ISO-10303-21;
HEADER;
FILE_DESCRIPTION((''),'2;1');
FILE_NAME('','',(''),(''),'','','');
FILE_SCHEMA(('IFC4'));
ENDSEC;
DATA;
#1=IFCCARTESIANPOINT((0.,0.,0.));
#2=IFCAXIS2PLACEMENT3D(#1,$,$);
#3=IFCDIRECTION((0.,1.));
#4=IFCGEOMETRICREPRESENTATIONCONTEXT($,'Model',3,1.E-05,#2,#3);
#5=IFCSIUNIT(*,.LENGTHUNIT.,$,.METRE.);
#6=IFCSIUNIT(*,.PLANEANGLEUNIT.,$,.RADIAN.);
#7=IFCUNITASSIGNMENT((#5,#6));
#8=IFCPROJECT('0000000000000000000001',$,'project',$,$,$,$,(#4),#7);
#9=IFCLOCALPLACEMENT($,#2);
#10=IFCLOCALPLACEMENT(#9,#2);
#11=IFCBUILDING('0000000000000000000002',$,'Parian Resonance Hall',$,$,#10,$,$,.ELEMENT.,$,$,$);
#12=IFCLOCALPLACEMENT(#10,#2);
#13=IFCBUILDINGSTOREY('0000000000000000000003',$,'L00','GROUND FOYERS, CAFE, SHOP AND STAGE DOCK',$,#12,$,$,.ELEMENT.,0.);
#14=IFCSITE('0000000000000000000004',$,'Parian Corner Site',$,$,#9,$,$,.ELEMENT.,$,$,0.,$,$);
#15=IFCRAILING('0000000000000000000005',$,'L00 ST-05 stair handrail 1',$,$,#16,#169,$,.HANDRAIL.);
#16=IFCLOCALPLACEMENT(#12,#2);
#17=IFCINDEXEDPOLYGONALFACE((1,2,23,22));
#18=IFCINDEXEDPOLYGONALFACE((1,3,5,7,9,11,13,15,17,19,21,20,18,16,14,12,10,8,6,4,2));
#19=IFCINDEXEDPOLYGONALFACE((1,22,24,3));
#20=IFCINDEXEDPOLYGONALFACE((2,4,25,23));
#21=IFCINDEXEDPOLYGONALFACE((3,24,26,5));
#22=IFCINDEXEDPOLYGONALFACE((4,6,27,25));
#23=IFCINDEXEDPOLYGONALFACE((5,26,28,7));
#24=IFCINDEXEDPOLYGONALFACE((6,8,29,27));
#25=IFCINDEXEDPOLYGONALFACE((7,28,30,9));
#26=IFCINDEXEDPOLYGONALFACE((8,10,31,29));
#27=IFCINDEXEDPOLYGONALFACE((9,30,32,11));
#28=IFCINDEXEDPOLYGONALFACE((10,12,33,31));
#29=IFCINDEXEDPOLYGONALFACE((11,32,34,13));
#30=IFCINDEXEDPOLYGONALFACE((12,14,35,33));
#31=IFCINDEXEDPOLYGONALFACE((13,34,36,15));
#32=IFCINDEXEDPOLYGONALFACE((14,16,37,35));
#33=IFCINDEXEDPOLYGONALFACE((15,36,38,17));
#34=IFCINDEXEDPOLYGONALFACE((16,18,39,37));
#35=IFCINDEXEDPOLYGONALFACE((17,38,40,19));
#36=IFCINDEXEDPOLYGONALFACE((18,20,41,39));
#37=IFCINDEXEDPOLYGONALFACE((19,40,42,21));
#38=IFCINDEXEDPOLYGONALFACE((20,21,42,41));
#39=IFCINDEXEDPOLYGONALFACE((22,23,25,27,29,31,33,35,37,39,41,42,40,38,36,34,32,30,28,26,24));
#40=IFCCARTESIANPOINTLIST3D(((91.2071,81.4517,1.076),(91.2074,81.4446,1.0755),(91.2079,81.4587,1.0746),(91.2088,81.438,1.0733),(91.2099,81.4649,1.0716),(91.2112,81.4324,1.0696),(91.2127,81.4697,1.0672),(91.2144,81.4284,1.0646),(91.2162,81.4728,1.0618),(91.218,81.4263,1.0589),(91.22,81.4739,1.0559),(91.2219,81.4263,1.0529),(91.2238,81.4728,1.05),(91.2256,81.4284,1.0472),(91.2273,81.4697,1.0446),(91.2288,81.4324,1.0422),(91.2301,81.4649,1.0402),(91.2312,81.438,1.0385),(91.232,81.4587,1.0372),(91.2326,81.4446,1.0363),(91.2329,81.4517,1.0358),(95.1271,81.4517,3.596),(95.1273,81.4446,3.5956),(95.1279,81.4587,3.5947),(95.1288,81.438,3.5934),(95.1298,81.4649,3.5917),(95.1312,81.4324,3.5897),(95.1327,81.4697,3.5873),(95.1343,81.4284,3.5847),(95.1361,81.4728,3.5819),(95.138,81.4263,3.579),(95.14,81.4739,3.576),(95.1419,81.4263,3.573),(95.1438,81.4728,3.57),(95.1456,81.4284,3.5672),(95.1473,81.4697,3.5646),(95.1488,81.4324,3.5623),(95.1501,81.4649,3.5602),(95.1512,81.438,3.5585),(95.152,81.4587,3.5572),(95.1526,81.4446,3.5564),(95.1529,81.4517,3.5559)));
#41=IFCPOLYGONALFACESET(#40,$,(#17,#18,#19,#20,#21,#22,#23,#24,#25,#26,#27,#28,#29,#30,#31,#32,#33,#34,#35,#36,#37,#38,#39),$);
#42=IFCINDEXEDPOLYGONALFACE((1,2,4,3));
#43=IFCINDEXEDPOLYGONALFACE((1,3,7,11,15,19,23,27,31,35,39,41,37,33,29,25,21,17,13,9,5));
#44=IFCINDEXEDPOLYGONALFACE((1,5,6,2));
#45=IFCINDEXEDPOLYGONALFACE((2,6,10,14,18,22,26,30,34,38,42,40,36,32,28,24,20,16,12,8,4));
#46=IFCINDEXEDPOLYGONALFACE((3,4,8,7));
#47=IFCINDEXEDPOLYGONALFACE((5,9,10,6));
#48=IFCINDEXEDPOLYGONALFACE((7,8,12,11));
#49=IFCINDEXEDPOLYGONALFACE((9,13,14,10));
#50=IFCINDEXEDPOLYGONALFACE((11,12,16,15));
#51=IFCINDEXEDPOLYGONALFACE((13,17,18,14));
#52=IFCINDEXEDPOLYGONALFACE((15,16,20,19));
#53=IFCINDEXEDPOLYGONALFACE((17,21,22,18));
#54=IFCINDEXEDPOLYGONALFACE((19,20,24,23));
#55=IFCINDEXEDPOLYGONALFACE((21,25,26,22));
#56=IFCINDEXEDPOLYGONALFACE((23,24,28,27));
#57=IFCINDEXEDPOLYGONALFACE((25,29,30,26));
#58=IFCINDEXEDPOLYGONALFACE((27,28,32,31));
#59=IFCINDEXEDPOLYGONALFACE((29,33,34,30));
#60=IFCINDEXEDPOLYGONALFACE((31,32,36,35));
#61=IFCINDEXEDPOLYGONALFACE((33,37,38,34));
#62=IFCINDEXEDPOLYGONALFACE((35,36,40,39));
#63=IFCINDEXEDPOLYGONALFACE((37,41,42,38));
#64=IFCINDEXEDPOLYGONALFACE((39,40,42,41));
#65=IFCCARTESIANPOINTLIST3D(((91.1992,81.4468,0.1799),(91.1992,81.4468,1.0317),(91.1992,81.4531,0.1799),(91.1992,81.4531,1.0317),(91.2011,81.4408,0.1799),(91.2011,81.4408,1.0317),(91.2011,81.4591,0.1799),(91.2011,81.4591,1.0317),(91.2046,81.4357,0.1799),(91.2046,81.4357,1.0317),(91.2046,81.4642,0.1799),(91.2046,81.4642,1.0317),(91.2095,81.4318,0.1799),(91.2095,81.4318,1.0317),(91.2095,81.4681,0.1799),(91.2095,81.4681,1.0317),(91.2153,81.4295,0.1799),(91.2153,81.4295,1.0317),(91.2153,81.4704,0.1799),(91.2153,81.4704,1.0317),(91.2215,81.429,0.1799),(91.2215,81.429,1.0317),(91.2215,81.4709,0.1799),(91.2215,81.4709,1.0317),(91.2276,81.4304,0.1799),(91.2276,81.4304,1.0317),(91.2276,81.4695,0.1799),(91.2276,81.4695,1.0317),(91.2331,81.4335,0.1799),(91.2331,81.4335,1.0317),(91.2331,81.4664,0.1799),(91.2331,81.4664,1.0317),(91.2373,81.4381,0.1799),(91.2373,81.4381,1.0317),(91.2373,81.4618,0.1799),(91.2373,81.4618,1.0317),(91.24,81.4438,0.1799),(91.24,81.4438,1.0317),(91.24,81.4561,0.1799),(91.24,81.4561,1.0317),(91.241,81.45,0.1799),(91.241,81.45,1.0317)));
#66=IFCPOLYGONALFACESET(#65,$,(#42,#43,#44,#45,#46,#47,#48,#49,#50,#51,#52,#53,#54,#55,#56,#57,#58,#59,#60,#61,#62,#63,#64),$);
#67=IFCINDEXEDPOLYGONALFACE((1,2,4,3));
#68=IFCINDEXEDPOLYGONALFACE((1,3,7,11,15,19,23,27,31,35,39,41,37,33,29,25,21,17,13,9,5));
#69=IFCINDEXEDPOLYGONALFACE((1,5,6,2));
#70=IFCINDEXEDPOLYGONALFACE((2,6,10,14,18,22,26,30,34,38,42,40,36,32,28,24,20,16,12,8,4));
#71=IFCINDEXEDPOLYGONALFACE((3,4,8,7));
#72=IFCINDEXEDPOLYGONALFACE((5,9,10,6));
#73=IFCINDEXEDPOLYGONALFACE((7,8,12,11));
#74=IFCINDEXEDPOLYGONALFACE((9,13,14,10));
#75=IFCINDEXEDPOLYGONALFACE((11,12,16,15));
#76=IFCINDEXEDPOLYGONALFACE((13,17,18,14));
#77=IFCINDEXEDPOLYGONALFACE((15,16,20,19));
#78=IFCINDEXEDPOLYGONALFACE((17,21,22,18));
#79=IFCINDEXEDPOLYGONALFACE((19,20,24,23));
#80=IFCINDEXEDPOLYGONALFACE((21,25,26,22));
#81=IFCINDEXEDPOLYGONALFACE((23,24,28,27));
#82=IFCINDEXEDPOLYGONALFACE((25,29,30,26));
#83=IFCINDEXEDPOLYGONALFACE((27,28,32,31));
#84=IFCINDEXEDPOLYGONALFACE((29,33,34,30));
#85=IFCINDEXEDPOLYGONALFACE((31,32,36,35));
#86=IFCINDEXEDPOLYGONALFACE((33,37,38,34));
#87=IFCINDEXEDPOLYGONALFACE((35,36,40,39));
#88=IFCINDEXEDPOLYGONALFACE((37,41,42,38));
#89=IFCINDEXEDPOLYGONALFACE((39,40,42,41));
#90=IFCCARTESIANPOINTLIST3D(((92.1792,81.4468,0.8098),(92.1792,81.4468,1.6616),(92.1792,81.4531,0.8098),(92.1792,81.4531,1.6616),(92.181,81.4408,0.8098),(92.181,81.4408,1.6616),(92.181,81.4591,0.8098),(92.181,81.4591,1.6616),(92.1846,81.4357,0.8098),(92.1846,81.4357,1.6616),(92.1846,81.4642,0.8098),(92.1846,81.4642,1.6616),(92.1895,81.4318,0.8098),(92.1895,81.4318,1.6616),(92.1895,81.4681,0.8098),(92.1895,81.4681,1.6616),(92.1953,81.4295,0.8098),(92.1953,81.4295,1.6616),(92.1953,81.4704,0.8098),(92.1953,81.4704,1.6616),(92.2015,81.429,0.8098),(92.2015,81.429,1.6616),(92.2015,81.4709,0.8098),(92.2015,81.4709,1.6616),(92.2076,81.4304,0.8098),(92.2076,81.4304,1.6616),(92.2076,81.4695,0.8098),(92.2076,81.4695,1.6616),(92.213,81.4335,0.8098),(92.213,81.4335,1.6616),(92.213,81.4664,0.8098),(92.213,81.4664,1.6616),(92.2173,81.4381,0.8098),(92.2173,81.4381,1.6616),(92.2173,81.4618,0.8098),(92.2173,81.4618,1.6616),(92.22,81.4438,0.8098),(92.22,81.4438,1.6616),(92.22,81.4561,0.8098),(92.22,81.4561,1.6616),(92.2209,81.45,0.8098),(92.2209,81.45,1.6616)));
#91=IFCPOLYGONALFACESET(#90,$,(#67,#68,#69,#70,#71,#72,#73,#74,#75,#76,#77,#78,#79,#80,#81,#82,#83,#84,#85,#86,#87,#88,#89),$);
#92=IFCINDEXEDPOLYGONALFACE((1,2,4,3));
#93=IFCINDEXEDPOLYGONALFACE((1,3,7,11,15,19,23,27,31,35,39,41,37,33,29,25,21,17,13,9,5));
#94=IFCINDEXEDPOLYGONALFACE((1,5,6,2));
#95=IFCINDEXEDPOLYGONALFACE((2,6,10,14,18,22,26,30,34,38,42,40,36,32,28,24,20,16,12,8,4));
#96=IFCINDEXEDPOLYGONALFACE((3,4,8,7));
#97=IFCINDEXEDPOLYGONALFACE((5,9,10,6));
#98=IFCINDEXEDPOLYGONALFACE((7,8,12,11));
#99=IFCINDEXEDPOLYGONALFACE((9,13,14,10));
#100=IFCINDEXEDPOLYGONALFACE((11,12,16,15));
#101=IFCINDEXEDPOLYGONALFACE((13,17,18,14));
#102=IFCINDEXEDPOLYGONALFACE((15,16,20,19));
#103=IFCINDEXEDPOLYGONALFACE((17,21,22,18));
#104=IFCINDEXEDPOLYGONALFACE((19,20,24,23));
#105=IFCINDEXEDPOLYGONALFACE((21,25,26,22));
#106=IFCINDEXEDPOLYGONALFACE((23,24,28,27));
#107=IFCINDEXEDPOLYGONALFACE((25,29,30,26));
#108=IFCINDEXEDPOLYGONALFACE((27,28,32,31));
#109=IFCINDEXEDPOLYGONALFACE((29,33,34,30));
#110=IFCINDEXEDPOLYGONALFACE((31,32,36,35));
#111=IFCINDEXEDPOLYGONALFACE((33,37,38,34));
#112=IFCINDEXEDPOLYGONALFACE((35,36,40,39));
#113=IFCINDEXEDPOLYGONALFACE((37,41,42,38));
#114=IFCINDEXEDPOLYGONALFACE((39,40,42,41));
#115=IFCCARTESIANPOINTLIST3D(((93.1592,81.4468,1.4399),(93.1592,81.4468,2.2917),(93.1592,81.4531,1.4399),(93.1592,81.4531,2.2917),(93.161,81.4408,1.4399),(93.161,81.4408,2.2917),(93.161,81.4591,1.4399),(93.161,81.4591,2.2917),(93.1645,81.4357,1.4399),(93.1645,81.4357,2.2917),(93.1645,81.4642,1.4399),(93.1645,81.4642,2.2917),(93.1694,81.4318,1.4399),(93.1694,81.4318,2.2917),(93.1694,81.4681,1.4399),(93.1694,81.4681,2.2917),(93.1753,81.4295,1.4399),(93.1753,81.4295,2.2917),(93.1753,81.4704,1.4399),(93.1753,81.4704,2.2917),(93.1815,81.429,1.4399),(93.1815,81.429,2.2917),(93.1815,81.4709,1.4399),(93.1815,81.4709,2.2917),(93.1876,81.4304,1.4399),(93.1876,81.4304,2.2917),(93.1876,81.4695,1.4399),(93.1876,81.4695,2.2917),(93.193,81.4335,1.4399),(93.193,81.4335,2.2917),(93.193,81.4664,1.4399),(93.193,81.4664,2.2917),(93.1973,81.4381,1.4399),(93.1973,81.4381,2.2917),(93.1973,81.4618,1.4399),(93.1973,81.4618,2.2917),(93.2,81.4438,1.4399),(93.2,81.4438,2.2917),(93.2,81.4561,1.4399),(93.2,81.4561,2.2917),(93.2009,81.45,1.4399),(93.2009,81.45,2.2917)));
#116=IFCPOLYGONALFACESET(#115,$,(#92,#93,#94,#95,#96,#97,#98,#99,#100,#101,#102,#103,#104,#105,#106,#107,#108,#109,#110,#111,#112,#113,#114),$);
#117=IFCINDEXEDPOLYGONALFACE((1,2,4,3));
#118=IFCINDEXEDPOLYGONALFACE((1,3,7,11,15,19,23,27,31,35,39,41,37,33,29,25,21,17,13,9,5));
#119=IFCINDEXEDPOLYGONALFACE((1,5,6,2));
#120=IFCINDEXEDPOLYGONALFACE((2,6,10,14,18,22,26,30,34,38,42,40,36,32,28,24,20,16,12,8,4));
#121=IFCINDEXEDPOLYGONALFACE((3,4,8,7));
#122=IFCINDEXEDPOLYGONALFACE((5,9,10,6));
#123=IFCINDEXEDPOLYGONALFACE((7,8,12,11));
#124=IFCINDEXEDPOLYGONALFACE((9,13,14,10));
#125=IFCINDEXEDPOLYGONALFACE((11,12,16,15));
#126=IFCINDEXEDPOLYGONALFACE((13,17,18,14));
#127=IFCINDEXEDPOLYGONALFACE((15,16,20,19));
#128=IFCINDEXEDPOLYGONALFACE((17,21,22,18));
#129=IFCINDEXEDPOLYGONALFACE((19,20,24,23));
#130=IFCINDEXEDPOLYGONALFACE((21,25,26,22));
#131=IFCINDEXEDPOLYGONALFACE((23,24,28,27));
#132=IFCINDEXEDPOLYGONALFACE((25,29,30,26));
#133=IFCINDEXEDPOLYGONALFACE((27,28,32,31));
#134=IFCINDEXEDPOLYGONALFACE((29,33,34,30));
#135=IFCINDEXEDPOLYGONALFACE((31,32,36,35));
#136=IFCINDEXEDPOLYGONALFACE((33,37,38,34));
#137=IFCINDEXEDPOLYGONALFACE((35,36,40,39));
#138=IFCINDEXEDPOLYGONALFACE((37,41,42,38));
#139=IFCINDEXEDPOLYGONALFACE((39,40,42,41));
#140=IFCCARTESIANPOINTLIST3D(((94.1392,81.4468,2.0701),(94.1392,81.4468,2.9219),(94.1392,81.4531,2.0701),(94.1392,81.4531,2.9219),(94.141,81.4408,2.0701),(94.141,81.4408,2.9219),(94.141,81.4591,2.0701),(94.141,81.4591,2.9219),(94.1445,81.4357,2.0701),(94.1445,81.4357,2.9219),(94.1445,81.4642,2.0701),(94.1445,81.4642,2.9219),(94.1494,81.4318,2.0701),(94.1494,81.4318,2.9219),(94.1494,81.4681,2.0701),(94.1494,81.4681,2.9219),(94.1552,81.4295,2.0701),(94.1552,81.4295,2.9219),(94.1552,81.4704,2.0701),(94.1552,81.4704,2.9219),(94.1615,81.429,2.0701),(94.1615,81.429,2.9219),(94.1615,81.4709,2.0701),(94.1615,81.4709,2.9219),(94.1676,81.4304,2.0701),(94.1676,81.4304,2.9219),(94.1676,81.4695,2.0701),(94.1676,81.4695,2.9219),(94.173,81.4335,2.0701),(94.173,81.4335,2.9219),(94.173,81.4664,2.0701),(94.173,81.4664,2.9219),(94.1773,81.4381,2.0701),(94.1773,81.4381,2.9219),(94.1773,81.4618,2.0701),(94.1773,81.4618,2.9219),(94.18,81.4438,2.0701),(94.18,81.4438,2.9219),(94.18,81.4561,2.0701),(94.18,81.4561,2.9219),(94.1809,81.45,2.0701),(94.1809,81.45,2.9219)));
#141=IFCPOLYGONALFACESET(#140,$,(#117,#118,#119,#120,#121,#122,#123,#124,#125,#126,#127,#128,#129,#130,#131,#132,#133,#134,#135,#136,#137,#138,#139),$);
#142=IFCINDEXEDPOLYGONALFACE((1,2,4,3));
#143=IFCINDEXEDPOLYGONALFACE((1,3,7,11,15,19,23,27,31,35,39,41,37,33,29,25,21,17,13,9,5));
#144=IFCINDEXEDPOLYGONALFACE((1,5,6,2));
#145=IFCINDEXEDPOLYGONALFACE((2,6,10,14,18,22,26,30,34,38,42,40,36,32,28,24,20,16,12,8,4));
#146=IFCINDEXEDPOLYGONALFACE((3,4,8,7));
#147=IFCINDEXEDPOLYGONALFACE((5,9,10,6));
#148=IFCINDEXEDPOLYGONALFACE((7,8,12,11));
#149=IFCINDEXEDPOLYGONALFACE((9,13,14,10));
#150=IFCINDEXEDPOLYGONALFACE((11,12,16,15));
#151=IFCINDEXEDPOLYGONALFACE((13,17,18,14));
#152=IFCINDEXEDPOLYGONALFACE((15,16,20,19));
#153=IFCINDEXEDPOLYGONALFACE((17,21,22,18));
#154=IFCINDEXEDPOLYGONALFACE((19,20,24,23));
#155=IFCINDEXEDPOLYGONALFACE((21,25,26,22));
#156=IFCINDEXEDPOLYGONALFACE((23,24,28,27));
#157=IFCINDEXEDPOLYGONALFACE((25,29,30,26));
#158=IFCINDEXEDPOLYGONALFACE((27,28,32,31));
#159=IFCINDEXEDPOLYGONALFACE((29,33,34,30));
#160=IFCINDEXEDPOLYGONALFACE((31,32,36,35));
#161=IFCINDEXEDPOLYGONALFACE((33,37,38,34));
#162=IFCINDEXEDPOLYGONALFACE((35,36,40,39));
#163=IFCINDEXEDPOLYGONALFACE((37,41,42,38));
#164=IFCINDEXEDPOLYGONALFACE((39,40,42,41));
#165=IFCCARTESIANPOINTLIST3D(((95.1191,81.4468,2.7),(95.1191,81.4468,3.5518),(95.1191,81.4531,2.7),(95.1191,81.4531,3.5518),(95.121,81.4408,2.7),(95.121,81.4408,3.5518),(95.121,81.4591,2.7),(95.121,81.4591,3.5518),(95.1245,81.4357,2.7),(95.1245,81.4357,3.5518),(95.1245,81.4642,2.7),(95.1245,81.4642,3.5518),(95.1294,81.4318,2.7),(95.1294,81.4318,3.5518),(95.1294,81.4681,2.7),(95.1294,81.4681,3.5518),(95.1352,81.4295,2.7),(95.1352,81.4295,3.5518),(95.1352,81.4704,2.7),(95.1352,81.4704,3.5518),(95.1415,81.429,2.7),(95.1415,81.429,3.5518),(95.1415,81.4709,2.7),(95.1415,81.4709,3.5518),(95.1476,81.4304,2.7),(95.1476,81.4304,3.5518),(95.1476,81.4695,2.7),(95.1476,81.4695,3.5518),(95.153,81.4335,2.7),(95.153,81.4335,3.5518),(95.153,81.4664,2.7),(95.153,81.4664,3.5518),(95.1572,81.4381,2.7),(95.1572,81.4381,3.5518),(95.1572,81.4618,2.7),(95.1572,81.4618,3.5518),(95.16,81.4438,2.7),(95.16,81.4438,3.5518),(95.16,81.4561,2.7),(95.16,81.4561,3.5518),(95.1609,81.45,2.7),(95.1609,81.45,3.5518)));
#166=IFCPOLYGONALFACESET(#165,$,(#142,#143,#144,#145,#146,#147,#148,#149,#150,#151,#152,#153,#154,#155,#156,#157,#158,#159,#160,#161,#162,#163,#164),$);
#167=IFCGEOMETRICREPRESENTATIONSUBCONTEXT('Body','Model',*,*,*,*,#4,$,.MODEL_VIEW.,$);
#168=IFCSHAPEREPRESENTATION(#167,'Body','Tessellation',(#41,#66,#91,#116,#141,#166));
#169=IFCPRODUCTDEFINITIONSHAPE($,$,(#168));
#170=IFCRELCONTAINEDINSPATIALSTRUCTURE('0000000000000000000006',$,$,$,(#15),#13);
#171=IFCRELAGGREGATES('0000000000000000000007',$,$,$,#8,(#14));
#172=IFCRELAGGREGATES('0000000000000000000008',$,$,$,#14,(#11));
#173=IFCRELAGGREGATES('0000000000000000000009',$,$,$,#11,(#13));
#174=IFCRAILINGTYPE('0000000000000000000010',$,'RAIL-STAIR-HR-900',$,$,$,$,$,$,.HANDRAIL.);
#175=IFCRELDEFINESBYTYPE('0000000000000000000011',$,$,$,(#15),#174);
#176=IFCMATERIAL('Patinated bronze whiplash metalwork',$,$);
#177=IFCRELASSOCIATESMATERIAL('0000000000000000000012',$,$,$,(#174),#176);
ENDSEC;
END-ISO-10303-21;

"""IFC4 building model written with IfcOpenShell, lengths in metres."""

from ifc_helpers import new_model, si_unit, direction, frame, origin, origin_2d, place, context, subcontext, project, spatial, circle, extrude, material, type_object, element, save


model = new_model("IFC4")

# Units and contexts
model_context = context("Model", 3, precision=1e-05, world=origin(), true_north=direction((0.0, 1.0)))
body_context = subcontext(model_context, "Body", "Model", "MODEL_VIEW")
ifc_project = project(units=[si_unit("LENGTHUNIT", "METRE"), si_unit("PLANEANGLEUNIT", "RADIAN")], contexts=[model_context])

# Site, building, storey
site_placement = place(None, origin())
site = spatial("IfcSite", under=ifc_project, at=site_placement, Name="Parian Corner Site", CompositionType="ELEMENT", RefElevation=0.0)
building_placement = place(site_placement, origin())
building = spatial("IfcBuilding", under=site, at=building_placement, Name="Parian Resonance Hall", CompositionType="ELEMENT")
storey_placement = place(building_placement, origin())
storey = spatial("IfcBuildingStorey", under=building, at=storey_placement, Name="L00", Description="GROUND FOYERS, CAFE, SHOP AND STAGE DOCK", CompositionType="ELEMENT", Elevation=0.0)

# Railing
ifc_material_1 = material(Name="Patinated bronze whiplash metalwork")
railing_type_1 = type_object("IfcRailingType", Name="RAIL-STAIR-HR-900", PredefinedType="HANDRAIL", material=ifc_material_1)
railing_1_placement = place(storey_placement, frame((91.22, 81.45, 0.1799)))
element("IfcRailing", 1, at=railing_1_placement, inside=storey, type_object=railing_type_1, Name="L00 ST-05 stair handrail 1", PredefinedType="HANDRAIL", context=body_context, shape_type="SweptSolid", body=[
    extrude(circle(Radius=0.0239, at=origin_2d()), frame((0.0, 0.0, 0.876), z_axis=(0.841172, 0.0, 0.540768), x_axis=(0.0, 1.0, 0.0)), (0.0, 0.0, 1.0), 4.6602),
    extrude(circle(Radius=0.021, at=origin_2d()), origin(), (0.0, 0.0, 1.0), 0.8518),
    extrude(circle(Radius=0.021, at=origin_2d()), frame((0.98, 0.0, 0.6299)), (0.0, 0.0, 1.0), 0.8518),
    extrude(circle(Radius=0.021, at=origin_2d()), frame((1.96, 0.0, 1.26)), (0.0, 0.0, 1.0), 0.8518),
    extrude(circle(Radius=0.021, at=origin_2d()), frame((2.9399, 0.0, 1.8901)), (0.0, 0.0, 1.0), 0.8518),
    extrude(circle(Radius=0.021, at=origin_2d()), frame((3.9199, 0.0, 2.52)), (0.0, 0.0, 1.0), 0.8518),
])

save(model, "model.ifc")
